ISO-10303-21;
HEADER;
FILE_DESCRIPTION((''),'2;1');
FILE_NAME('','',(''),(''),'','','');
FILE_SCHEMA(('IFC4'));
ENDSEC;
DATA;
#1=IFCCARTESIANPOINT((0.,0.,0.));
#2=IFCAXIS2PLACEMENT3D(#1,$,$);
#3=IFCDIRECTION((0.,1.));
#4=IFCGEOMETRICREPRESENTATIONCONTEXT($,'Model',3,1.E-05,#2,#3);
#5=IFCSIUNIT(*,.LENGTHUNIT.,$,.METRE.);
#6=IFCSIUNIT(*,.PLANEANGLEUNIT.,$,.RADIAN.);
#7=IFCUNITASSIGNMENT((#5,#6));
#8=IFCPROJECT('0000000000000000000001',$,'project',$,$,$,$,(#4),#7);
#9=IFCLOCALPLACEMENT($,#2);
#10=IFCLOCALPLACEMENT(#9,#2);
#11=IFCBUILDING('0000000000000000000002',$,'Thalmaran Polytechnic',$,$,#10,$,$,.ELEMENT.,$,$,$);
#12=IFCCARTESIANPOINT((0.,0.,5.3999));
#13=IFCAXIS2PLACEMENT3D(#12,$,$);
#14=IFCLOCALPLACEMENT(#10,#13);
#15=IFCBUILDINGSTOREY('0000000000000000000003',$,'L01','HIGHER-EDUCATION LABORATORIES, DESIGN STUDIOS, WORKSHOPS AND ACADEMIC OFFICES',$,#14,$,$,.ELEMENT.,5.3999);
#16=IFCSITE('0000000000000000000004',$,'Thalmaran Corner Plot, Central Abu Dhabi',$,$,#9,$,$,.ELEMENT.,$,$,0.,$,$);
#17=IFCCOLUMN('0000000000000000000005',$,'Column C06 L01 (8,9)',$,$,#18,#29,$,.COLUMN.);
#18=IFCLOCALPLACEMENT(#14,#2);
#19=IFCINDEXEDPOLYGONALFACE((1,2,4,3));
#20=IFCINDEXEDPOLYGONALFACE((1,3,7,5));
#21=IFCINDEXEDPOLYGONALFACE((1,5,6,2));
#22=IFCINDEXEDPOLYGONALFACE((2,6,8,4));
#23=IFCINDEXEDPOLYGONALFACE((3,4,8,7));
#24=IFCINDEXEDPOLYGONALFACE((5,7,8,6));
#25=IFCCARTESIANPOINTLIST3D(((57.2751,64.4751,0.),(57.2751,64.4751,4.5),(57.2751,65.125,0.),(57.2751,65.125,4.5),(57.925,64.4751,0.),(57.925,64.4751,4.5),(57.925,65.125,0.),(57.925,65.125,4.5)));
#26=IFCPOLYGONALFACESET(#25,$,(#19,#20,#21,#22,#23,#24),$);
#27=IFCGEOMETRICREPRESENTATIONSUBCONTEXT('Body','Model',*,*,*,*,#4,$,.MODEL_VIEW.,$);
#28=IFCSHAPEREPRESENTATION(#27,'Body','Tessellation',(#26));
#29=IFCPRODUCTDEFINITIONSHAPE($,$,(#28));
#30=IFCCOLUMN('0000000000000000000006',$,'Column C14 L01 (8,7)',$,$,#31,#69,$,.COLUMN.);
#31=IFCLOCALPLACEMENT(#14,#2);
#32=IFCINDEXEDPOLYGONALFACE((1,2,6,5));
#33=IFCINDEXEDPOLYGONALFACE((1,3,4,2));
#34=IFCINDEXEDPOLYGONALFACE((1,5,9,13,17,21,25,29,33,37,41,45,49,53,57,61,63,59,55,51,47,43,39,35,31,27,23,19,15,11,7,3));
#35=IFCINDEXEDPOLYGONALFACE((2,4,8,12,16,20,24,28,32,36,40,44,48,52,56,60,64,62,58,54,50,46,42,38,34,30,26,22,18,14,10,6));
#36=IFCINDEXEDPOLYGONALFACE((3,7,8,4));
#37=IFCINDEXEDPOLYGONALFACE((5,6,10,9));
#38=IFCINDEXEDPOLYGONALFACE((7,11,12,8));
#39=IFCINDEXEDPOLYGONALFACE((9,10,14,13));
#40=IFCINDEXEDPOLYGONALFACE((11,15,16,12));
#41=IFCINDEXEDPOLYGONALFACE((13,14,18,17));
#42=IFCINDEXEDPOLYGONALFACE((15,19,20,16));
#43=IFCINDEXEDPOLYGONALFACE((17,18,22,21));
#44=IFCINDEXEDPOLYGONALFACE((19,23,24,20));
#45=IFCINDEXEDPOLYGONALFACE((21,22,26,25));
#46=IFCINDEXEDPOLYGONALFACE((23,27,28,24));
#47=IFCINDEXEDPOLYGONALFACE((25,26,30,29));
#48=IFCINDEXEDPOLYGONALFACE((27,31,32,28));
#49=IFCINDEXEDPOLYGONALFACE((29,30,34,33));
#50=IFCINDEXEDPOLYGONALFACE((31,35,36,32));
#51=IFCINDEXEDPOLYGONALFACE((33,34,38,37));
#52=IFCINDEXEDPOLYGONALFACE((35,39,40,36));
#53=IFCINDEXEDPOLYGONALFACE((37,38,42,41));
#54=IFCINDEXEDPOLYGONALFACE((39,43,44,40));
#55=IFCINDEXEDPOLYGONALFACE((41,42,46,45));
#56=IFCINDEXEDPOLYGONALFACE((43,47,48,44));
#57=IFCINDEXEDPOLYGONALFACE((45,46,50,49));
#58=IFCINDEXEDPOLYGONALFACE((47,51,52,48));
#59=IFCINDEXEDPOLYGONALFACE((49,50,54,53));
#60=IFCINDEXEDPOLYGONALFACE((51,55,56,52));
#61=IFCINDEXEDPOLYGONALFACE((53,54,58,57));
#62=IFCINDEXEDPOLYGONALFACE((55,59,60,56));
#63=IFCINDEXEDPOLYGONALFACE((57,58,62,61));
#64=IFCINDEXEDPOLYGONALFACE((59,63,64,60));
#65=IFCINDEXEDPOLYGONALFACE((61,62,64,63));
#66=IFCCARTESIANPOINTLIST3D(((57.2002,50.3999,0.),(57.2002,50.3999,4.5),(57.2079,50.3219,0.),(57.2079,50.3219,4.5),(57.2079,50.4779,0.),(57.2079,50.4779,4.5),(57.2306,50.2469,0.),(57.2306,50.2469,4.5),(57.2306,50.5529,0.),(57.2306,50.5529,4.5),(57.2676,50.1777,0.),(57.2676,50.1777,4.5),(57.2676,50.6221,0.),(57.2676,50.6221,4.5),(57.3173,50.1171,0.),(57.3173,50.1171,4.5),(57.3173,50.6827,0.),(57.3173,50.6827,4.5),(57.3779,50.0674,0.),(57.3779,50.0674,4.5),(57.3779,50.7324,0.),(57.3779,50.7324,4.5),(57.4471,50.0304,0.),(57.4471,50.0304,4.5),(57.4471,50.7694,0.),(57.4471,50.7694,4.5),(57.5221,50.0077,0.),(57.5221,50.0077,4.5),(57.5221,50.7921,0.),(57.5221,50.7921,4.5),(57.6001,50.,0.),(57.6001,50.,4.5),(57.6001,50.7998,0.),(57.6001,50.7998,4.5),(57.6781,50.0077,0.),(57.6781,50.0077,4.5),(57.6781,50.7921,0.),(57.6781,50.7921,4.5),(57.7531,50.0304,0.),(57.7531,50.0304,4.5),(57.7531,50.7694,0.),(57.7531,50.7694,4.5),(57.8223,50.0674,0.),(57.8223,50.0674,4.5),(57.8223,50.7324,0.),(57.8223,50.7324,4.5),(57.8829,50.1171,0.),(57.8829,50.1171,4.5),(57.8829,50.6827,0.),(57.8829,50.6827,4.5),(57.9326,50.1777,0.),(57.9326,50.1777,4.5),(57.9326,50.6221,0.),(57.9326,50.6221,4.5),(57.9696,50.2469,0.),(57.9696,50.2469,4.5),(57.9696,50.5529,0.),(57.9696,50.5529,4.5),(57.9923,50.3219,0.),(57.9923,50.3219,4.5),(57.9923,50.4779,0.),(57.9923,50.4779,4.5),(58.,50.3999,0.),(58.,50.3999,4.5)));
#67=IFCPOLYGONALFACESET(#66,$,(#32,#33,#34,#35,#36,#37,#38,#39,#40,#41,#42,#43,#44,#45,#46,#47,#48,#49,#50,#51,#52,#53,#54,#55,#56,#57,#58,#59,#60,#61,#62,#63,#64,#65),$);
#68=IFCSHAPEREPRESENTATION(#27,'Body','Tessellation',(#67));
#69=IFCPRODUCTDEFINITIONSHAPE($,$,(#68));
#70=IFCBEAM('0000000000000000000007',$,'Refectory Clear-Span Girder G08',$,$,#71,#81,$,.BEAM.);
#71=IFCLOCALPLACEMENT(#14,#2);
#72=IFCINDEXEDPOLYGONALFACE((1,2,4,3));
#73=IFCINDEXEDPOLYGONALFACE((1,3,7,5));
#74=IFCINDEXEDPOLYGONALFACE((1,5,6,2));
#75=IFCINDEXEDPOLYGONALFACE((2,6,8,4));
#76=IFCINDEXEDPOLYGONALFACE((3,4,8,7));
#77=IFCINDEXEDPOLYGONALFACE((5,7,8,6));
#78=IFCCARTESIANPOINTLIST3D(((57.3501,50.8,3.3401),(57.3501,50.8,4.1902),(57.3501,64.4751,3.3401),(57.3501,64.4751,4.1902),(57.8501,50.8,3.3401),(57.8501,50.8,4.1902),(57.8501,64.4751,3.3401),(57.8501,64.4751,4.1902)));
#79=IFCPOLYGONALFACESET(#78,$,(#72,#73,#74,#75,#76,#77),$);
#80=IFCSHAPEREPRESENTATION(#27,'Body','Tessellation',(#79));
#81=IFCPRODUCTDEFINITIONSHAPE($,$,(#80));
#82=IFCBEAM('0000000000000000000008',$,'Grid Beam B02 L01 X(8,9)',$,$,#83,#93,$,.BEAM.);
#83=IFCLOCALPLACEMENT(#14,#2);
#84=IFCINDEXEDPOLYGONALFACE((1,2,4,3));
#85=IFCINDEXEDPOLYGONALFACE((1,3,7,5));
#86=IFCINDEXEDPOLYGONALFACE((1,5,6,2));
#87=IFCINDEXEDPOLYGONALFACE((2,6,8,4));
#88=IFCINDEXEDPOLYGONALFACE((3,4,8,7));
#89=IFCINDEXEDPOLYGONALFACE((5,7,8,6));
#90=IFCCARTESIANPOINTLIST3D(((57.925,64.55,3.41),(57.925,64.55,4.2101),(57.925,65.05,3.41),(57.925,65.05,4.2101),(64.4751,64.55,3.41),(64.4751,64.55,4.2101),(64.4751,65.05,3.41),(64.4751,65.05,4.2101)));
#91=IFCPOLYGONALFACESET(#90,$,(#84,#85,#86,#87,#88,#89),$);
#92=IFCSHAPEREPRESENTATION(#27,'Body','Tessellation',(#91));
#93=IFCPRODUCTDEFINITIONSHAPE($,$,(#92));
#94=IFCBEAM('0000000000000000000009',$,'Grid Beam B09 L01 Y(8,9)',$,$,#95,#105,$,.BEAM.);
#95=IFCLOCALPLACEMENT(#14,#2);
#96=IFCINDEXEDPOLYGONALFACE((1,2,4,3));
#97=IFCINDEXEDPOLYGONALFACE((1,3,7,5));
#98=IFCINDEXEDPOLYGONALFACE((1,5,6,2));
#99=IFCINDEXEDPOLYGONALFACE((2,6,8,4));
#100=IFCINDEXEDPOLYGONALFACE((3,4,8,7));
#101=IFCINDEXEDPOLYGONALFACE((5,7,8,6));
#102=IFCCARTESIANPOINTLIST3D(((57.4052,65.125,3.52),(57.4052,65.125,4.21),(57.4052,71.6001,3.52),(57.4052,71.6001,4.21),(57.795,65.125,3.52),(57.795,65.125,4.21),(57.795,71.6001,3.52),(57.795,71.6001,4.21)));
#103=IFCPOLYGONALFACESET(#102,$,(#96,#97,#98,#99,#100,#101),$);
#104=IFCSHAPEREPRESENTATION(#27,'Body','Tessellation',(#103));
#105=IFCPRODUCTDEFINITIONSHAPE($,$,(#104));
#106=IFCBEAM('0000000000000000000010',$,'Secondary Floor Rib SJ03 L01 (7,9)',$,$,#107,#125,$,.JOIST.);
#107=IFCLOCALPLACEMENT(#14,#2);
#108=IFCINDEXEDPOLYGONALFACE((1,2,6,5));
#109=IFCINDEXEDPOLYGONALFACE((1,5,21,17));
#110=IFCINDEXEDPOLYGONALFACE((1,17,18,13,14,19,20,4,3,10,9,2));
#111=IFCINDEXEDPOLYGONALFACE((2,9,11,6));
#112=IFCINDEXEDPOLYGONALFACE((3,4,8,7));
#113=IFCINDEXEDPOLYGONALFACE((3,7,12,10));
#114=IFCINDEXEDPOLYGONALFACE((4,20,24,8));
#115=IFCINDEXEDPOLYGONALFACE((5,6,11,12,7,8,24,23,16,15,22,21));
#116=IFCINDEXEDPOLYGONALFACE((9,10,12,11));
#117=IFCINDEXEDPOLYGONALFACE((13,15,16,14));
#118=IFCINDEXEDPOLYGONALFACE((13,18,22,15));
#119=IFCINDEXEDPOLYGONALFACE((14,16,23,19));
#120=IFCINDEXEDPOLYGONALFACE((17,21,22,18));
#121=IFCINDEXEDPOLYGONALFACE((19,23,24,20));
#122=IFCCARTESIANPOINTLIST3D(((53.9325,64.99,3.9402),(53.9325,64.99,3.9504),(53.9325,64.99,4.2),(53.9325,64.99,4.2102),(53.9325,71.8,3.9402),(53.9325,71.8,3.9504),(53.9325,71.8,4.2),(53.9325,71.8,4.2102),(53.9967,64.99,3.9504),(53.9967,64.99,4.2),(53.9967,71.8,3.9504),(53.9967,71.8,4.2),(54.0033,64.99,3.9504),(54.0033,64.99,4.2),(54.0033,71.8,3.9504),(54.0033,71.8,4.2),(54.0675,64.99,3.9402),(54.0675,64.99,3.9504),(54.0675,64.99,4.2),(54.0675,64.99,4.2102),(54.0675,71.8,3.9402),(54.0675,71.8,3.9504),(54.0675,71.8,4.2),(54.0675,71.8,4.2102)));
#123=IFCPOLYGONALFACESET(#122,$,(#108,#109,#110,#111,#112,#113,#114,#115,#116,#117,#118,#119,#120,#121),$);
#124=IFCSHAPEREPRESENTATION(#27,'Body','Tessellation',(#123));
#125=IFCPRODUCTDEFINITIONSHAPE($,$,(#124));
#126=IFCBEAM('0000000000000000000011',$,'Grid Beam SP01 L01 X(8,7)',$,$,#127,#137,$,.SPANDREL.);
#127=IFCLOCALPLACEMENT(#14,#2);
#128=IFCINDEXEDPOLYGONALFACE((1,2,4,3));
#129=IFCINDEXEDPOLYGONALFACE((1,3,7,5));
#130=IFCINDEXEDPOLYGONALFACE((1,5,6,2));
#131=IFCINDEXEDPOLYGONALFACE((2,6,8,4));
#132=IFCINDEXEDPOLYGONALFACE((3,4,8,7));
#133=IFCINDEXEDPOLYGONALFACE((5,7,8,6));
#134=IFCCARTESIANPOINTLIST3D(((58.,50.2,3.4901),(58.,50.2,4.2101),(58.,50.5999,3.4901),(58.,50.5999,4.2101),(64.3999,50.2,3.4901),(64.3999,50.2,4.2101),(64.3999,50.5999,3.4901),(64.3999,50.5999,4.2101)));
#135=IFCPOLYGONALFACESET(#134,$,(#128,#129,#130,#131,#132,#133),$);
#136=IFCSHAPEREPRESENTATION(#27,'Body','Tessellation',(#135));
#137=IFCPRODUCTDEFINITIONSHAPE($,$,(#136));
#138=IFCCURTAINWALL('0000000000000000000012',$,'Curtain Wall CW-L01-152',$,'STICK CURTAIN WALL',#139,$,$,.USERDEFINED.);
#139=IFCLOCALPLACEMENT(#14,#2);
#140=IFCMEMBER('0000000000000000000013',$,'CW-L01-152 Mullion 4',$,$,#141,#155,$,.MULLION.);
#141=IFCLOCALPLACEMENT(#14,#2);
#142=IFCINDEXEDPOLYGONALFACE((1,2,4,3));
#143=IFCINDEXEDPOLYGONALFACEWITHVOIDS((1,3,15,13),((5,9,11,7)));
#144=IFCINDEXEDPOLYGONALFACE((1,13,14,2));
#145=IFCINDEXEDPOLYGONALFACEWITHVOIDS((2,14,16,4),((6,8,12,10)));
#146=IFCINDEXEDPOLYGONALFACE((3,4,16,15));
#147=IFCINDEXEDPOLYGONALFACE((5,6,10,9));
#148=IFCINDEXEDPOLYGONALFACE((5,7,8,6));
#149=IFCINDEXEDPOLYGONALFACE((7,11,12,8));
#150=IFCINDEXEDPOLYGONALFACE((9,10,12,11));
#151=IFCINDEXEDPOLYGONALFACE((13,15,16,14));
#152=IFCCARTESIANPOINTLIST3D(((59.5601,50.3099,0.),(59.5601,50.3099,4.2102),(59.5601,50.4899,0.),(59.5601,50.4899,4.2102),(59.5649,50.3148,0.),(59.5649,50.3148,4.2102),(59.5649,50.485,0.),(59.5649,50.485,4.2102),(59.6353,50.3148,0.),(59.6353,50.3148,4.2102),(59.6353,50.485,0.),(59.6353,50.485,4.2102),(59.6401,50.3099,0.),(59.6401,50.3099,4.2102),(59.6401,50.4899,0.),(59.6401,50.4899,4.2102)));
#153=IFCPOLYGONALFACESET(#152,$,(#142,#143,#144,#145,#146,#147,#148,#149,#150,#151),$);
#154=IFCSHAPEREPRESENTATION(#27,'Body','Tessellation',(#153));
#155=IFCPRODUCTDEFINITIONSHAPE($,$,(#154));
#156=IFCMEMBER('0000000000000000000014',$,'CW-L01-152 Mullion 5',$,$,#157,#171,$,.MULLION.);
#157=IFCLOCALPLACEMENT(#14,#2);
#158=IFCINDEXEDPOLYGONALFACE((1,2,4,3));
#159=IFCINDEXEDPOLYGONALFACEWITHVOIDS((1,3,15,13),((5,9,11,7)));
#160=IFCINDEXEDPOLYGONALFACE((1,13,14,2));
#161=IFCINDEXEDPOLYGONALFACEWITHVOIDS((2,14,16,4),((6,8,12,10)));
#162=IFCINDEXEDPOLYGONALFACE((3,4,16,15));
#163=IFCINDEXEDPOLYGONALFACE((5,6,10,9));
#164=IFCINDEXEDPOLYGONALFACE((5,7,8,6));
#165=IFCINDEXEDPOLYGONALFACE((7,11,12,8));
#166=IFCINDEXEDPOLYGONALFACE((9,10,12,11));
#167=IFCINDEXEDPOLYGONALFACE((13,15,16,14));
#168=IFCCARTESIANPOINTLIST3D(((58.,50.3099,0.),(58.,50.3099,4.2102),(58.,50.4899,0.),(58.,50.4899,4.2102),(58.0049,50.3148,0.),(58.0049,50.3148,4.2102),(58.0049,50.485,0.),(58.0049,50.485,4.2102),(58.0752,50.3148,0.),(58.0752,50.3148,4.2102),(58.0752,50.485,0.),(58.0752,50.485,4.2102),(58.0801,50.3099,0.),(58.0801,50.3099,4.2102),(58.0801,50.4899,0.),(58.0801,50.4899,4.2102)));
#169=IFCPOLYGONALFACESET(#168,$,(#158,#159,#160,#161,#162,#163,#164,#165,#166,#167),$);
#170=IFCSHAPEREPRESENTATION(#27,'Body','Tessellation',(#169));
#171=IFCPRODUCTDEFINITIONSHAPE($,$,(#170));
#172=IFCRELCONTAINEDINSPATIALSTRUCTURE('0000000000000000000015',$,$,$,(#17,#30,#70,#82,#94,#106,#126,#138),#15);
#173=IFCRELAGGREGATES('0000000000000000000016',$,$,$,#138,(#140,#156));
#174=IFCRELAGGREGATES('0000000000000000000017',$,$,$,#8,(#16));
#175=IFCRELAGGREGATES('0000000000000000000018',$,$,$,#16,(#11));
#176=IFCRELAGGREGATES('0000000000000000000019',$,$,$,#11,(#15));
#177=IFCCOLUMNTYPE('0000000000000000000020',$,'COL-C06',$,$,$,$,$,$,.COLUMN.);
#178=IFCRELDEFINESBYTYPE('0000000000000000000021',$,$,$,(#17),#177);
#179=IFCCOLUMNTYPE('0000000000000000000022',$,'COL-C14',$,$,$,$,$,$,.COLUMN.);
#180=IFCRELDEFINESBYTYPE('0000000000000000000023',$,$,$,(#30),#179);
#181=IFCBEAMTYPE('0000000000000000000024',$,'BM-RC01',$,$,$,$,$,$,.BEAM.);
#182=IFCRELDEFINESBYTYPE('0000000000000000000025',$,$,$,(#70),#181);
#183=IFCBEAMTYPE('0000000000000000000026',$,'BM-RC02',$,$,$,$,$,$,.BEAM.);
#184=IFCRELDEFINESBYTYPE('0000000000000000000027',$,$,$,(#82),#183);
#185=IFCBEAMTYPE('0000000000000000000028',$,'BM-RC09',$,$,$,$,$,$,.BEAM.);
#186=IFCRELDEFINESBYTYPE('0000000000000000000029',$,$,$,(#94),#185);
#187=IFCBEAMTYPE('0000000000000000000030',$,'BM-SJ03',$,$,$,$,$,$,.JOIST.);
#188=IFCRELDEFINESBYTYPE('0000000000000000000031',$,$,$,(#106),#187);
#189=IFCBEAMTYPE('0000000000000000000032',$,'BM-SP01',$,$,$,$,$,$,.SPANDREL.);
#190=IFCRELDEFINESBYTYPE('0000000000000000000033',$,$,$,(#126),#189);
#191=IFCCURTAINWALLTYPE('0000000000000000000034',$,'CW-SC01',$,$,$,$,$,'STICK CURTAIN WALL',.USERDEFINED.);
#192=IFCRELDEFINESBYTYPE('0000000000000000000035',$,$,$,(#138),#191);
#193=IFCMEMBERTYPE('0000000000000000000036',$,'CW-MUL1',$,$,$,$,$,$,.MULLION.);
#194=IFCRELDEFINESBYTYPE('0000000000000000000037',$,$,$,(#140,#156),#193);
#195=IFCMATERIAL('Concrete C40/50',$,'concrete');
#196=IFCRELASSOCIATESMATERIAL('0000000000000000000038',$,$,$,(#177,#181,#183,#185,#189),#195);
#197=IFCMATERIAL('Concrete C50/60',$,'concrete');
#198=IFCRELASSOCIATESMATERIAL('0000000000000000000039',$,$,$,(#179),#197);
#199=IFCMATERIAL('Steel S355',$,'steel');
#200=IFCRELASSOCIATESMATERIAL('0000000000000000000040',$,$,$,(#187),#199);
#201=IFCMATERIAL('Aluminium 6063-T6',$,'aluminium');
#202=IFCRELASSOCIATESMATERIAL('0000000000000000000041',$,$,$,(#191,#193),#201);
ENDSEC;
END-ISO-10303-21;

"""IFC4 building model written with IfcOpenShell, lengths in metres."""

from ifc_helpers import new_model, si_unit, direction, frame, origin, origin_2d, place, context, subcontext, project, spatial, rectangle, hollow_rectangle, circle, i_section, extrude, material, material_profile, profile_set, type_object, element, aggregate, save


model = new_model("IFC4")

# Units and contexts
model_context = context("Model", 3, precision=1e-05, world=origin(), true_north=direction((0.0, 1.0)))
body_context = subcontext(model_context, "Body", "Model", "MODEL_VIEW")
ifc_project = project(units=[si_unit("LENGTHUNIT", "METRE"), si_unit("PLANEANGLEUNIT", "RADIAN")], contexts=[model_context])

# Site, building, storey
site_placement = place(None, origin())
site = spatial("IfcSite", under=ifc_project, at=site_placement, Name="Thalmaran Corner Plot, Central Abu Dhabi", CompositionType="ELEMENT", RefElevation=0.0)
building_placement = place(site_placement, origin())
building = spatial("IfcBuilding", under=site, at=building_placement, Name="Thalmaran Polytechnic", CompositionType="ELEMENT")
storey_placement = place(building_placement, frame((0.0, 0.0, 5.3999)))
storey = spatial("IfcBuildingStorey", under=building, at=storey_placement, Name="L01", Description="HIGHER-EDUCATION LABORATORIES, DESIGN STUDIOS, WORKSHOPS AND ACADEMIC OFFICES", CompositionType="ELEMENT", Elevation=5.3999)

# Columns
ifc_material_1 = material(Name="Concrete C40/50", Category="concrete")
ifc_material_profile_1 = material_profile(ifc_material_1, rectangle(XDim=0.6499, YDim=0.6499, at=origin_2d()), Name="RC 650x650")
ifc_profile_set_1 = profile_set([ifc_material_profile_1], Name="Concrete C40/50")
column_type_1 = type_object("IfcColumnType", Name="COL-C06", PredefinedType="COLUMN", material=ifc_profile_set_1)
column_1_placement = place(storey_placement, frame((57.6001, 64.8, 0.0), z_axis=(0.0, 0.0, 1.0), x_axis=(1.0, 0.0, 0.0)))
element("IfcColumn", 1, at=column_1_placement, inside=storey, type_object=column_type_1, Name="Column C06 L01 (8,9)", PredefinedType="COLUMN", context=body_context, shape_type="SweptSolid", body=[
    extrude(rectangle(XDim=0.6499, YDim=0.6499, at=origin_2d()), origin(), (0.0, 0.0, 1.0), 4.5),
])
ifc_material_2 = material(Name="Concrete C50/60", Category="concrete")
ifc_material_profile_2 = material_profile(ifc_material_2, circle(Radius=0.3999, at=origin_2d()), Name="RC 800 DIA")
ifc_profile_set_2 = profile_set([ifc_material_profile_2], Name="Concrete C50/60")
column_type_2 = type_object("IfcColumnType", Name="COL-C14", PredefinedType="COLUMN", material=ifc_profile_set_2)
column_2_placement = place(storey_placement, frame((57.6001, 50.3999, 0.0), z_axis=(0.0, 0.0, 1.0), x_axis=(1.0, 0.0, 0.0)))
element("IfcColumn", 2, at=column_2_placement, inside=storey, type_object=column_type_2, Name="Column C14 L01 (8,7)", PredefinedType="COLUMN", context=body_context, shape_type="SweptSolid", body=[
    extrude(circle(Radius=0.3999, at=origin_2d()), origin(), (0.0, 0.0, 1.0), 4.5),
])

# Beams
ifc_material_profile_3 = material_profile(ifc_material_1, rectangle(XDim=0.5, YDim=0.8501, at=origin_2d()), Name="RC 500x850")
ifc_profile_set_3 = profile_set([ifc_material_profile_3], Name="Concrete C40/50")
beam_type_1 = type_object("IfcBeamType", Name="BM-RC01", PredefinedType="BEAM", material=ifc_profile_set_3)
beam_1_placement = place(storey_placement, frame((57.6001, 50.8, 3.7651), z_axis=(0.0, 1.0, 0.0), x_axis=(-1.0, 0.0, 0.0)))
element("IfcBeam", 3, at=beam_1_placement, inside=storey, type_object=beam_type_1, Name="Refectory Clear-Span Girder G08", PredefinedType="BEAM", context=body_context, shape_type="SweptSolid", body=[
    extrude(rectangle(XDim=0.5, YDim=0.8501, at=origin_2d()), origin(), (0.0, 0.0, 1.0), 13.675),
])
ifc_material_profile_4 = material_profile(ifc_material_1, rectangle(XDim=0.5, YDim=0.8, at=origin_2d()), Name="RC 500x800")
ifc_profile_set_4 = profile_set([ifc_material_profile_4], Name="Concrete C40/50")
beam_type_2 = type_object("IfcBeamType", Name="BM-RC02", PredefinedType="BEAM", material=ifc_profile_set_4)
beam_2_placement = place(storey_placement, frame((57.925, 64.8, 3.8101), z_axis=(1.0, 0.0, 0.0), x_axis=(0.0, 1.0, 0.0)))
element("IfcBeam", 4, at=beam_2_placement, inside=storey, type_object=beam_type_2, Name="Grid Beam B02 L01 X(8,9)", PredefinedType="BEAM", context=body_context, shape_type="SweptSolid", body=[
    extrude(rectangle(XDim=0.5, YDim=0.8, at=origin_2d()), origin(), (0.0, 0.0, 1.0), 6.55),
])
ifc_material_profile_5 = material_profile(ifc_material_1, rectangle(XDim=0.3899, YDim=0.6899, at=origin_2d()), Name="RC 390x690")
ifc_profile_set_5 = profile_set([ifc_material_profile_5], Name="Concrete C40/50")
beam_type_3 = type_object("IfcBeamType", Name="BM-RC09", PredefinedType="BEAM", material=ifc_profile_set_5)
beam_3_placement = place(storey_placement, frame((57.6001, 65.125, 3.865), z_axis=(0.0, 1.0, 0.0), x_axis=(-1.0, 0.0, 0.0)))
element("IfcBeam", 5, at=beam_3_placement, inside=storey, type_object=beam_type_3, Name="Grid Beam B09 L01 Y(8,9)", PredefinedType="BEAM", context=body_context, shape_type="SweptSolid", body=[
    extrude(rectangle(XDim=0.3899, YDim=0.6899, at=origin_2d()), origin(), (0.0, 0.0, 1.0), 6.4751),
])
ifc_material_3 = material(Name="Steel S355", Category="steel")
ifc_material_profile_6 = material_profile(ifc_material_3, i_section(OverallWidth=0.135, OverallDepth=0.27, WebThickness=0.0066, FlangeThickness=0.0103, at=origin_2d()), Name="IPE 270")
ifc_profile_set_6 = profile_set([ifc_material_profile_6], Name="Steel S355")
beam_type_4 = type_object("IfcBeamType", Name="BM-SJ03", PredefinedType="JOIST", material=ifc_profile_set_6)
beam_4_placement = place(storey_placement, frame((54.0, 64.99, 4.0752), z_axis=(0.0, 1.0, 0.0), x_axis=(-1.0, 0.0, 0.0)))
element("IfcBeam", 6, at=beam_4_placement, inside=storey, type_object=beam_type_4, Name="Secondary Floor Rib SJ03 L01 (7,9)", PredefinedType="JOIST", context=body_context, shape_type="SweptSolid", body=[
    extrude(i_section(OverallWidth=0.135, OverallDepth=0.27, WebThickness=0.0066, FlangeThickness=0.0103, at=origin_2d()), origin(), (0.0, 0.0, 1.0), 6.8101),
])
ifc_material_profile_7 = material_profile(ifc_material_1, rectangle(XDim=0.3999, YDim=0.72, at=origin_2d()), Name="RC 400x720")
ifc_profile_set_7 = profile_set([ifc_material_profile_7], Name="Concrete C40/50")
beam_type_5 = type_object("IfcBeamType", Name="BM-SP01", PredefinedType="SPANDREL", material=ifc_profile_set_7)
beam_5_placement = place(storey_placement, frame((58.0, 50.3999, 3.8501), z_axis=(1.0, 0.0, 0.0), x_axis=(0.0, 1.0, 0.0)))
element("IfcBeam", 7, at=beam_5_placement, inside=storey, type_object=beam_type_5, Name="Grid Beam SP01 L01 X(8,7)", PredefinedType="SPANDREL", context=body_context, shape_type="SweptSolid", body=[
    extrude(rectangle(XDim=0.3999, YDim=0.72, at=origin_2d()), origin(), (0.0, 0.0, 1.0), 6.3999),
])

# Curtain wall, members
ifc_material_4 = material(Name="Aluminium 6063-T6", Category="aluminium")
curtain_wall_type = type_object("IfcCurtainWallType", Name="CW-SC01", ElementType="STICK CURTAIN WALL", PredefinedType="USERDEFINED", material=ifc_material_4)
curtain_wall_1_placement = place(storey_placement, origin())
curtain_wall_1 = element("IfcCurtainWall", 8, at=curtain_wall_1_placement, inside=storey, type_object=curtain_wall_type, Name="Curtain Wall CW-L01-152", ObjectType="STICK CURTAIN WALL", PredefinedType="USERDEFINED")
ifc_material_profile_8 = material_profile(ifc_material_4, hollow_rectangle(XDim=0.0801, YDim=0.1799, WallThickness=0.0049, at=origin_2d()), Name="RHS 180x80x5.0")
ifc_profile_set_8 = profile_set([ifc_material_profile_8], Name="Aluminium 6063-T6")
member_type_1 = type_object("IfcMemberType", Name="CW-MUL1", PredefinedType="MULLION", material=ifc_profile_set_8)
member_1_placement = place(storey_placement, frame((59.6001, 50.3999, 0.0), z_axis=(0.0, 0.0, 1.0), x_axis=(1.0, 0.0, 0.0)))
member_1 = element("IfcMember", 9, at=member_1_placement, type_object=member_type_1, Name="CW-L01-152 Mullion 4", PredefinedType="MULLION", context=body_context, shape_type="SweptSolid", body=[
    extrude(hollow_rectangle(XDim=0.0801, YDim=0.1799, WallThickness=0.0049, at=origin_2d()), origin(), (0.0, 0.0, 1.0), 4.2102),
])
member_2_placement = place(storey_placement, frame((58.04, 50.3999, 0.0), z_axis=(0.0, 0.0, 1.0), x_axis=(1.0, 0.0, 0.0)))
member_2 = element("IfcMember", 10, at=member_2_placement, type_object=member_type_1, Name="CW-L01-152 Mullion 5", PredefinedType="MULLION", context=body_context, shape_type="SweptSolid", body=[
    extrude(hollow_rectangle(XDim=0.0801, YDim=0.1799, WallThickness=0.0049, at=origin_2d()), origin(), (0.0, 0.0, 1.0), 4.2102),
])

aggregate(curtain_wall_1, [member_1, member_2])

save(model, "model.ifc")
